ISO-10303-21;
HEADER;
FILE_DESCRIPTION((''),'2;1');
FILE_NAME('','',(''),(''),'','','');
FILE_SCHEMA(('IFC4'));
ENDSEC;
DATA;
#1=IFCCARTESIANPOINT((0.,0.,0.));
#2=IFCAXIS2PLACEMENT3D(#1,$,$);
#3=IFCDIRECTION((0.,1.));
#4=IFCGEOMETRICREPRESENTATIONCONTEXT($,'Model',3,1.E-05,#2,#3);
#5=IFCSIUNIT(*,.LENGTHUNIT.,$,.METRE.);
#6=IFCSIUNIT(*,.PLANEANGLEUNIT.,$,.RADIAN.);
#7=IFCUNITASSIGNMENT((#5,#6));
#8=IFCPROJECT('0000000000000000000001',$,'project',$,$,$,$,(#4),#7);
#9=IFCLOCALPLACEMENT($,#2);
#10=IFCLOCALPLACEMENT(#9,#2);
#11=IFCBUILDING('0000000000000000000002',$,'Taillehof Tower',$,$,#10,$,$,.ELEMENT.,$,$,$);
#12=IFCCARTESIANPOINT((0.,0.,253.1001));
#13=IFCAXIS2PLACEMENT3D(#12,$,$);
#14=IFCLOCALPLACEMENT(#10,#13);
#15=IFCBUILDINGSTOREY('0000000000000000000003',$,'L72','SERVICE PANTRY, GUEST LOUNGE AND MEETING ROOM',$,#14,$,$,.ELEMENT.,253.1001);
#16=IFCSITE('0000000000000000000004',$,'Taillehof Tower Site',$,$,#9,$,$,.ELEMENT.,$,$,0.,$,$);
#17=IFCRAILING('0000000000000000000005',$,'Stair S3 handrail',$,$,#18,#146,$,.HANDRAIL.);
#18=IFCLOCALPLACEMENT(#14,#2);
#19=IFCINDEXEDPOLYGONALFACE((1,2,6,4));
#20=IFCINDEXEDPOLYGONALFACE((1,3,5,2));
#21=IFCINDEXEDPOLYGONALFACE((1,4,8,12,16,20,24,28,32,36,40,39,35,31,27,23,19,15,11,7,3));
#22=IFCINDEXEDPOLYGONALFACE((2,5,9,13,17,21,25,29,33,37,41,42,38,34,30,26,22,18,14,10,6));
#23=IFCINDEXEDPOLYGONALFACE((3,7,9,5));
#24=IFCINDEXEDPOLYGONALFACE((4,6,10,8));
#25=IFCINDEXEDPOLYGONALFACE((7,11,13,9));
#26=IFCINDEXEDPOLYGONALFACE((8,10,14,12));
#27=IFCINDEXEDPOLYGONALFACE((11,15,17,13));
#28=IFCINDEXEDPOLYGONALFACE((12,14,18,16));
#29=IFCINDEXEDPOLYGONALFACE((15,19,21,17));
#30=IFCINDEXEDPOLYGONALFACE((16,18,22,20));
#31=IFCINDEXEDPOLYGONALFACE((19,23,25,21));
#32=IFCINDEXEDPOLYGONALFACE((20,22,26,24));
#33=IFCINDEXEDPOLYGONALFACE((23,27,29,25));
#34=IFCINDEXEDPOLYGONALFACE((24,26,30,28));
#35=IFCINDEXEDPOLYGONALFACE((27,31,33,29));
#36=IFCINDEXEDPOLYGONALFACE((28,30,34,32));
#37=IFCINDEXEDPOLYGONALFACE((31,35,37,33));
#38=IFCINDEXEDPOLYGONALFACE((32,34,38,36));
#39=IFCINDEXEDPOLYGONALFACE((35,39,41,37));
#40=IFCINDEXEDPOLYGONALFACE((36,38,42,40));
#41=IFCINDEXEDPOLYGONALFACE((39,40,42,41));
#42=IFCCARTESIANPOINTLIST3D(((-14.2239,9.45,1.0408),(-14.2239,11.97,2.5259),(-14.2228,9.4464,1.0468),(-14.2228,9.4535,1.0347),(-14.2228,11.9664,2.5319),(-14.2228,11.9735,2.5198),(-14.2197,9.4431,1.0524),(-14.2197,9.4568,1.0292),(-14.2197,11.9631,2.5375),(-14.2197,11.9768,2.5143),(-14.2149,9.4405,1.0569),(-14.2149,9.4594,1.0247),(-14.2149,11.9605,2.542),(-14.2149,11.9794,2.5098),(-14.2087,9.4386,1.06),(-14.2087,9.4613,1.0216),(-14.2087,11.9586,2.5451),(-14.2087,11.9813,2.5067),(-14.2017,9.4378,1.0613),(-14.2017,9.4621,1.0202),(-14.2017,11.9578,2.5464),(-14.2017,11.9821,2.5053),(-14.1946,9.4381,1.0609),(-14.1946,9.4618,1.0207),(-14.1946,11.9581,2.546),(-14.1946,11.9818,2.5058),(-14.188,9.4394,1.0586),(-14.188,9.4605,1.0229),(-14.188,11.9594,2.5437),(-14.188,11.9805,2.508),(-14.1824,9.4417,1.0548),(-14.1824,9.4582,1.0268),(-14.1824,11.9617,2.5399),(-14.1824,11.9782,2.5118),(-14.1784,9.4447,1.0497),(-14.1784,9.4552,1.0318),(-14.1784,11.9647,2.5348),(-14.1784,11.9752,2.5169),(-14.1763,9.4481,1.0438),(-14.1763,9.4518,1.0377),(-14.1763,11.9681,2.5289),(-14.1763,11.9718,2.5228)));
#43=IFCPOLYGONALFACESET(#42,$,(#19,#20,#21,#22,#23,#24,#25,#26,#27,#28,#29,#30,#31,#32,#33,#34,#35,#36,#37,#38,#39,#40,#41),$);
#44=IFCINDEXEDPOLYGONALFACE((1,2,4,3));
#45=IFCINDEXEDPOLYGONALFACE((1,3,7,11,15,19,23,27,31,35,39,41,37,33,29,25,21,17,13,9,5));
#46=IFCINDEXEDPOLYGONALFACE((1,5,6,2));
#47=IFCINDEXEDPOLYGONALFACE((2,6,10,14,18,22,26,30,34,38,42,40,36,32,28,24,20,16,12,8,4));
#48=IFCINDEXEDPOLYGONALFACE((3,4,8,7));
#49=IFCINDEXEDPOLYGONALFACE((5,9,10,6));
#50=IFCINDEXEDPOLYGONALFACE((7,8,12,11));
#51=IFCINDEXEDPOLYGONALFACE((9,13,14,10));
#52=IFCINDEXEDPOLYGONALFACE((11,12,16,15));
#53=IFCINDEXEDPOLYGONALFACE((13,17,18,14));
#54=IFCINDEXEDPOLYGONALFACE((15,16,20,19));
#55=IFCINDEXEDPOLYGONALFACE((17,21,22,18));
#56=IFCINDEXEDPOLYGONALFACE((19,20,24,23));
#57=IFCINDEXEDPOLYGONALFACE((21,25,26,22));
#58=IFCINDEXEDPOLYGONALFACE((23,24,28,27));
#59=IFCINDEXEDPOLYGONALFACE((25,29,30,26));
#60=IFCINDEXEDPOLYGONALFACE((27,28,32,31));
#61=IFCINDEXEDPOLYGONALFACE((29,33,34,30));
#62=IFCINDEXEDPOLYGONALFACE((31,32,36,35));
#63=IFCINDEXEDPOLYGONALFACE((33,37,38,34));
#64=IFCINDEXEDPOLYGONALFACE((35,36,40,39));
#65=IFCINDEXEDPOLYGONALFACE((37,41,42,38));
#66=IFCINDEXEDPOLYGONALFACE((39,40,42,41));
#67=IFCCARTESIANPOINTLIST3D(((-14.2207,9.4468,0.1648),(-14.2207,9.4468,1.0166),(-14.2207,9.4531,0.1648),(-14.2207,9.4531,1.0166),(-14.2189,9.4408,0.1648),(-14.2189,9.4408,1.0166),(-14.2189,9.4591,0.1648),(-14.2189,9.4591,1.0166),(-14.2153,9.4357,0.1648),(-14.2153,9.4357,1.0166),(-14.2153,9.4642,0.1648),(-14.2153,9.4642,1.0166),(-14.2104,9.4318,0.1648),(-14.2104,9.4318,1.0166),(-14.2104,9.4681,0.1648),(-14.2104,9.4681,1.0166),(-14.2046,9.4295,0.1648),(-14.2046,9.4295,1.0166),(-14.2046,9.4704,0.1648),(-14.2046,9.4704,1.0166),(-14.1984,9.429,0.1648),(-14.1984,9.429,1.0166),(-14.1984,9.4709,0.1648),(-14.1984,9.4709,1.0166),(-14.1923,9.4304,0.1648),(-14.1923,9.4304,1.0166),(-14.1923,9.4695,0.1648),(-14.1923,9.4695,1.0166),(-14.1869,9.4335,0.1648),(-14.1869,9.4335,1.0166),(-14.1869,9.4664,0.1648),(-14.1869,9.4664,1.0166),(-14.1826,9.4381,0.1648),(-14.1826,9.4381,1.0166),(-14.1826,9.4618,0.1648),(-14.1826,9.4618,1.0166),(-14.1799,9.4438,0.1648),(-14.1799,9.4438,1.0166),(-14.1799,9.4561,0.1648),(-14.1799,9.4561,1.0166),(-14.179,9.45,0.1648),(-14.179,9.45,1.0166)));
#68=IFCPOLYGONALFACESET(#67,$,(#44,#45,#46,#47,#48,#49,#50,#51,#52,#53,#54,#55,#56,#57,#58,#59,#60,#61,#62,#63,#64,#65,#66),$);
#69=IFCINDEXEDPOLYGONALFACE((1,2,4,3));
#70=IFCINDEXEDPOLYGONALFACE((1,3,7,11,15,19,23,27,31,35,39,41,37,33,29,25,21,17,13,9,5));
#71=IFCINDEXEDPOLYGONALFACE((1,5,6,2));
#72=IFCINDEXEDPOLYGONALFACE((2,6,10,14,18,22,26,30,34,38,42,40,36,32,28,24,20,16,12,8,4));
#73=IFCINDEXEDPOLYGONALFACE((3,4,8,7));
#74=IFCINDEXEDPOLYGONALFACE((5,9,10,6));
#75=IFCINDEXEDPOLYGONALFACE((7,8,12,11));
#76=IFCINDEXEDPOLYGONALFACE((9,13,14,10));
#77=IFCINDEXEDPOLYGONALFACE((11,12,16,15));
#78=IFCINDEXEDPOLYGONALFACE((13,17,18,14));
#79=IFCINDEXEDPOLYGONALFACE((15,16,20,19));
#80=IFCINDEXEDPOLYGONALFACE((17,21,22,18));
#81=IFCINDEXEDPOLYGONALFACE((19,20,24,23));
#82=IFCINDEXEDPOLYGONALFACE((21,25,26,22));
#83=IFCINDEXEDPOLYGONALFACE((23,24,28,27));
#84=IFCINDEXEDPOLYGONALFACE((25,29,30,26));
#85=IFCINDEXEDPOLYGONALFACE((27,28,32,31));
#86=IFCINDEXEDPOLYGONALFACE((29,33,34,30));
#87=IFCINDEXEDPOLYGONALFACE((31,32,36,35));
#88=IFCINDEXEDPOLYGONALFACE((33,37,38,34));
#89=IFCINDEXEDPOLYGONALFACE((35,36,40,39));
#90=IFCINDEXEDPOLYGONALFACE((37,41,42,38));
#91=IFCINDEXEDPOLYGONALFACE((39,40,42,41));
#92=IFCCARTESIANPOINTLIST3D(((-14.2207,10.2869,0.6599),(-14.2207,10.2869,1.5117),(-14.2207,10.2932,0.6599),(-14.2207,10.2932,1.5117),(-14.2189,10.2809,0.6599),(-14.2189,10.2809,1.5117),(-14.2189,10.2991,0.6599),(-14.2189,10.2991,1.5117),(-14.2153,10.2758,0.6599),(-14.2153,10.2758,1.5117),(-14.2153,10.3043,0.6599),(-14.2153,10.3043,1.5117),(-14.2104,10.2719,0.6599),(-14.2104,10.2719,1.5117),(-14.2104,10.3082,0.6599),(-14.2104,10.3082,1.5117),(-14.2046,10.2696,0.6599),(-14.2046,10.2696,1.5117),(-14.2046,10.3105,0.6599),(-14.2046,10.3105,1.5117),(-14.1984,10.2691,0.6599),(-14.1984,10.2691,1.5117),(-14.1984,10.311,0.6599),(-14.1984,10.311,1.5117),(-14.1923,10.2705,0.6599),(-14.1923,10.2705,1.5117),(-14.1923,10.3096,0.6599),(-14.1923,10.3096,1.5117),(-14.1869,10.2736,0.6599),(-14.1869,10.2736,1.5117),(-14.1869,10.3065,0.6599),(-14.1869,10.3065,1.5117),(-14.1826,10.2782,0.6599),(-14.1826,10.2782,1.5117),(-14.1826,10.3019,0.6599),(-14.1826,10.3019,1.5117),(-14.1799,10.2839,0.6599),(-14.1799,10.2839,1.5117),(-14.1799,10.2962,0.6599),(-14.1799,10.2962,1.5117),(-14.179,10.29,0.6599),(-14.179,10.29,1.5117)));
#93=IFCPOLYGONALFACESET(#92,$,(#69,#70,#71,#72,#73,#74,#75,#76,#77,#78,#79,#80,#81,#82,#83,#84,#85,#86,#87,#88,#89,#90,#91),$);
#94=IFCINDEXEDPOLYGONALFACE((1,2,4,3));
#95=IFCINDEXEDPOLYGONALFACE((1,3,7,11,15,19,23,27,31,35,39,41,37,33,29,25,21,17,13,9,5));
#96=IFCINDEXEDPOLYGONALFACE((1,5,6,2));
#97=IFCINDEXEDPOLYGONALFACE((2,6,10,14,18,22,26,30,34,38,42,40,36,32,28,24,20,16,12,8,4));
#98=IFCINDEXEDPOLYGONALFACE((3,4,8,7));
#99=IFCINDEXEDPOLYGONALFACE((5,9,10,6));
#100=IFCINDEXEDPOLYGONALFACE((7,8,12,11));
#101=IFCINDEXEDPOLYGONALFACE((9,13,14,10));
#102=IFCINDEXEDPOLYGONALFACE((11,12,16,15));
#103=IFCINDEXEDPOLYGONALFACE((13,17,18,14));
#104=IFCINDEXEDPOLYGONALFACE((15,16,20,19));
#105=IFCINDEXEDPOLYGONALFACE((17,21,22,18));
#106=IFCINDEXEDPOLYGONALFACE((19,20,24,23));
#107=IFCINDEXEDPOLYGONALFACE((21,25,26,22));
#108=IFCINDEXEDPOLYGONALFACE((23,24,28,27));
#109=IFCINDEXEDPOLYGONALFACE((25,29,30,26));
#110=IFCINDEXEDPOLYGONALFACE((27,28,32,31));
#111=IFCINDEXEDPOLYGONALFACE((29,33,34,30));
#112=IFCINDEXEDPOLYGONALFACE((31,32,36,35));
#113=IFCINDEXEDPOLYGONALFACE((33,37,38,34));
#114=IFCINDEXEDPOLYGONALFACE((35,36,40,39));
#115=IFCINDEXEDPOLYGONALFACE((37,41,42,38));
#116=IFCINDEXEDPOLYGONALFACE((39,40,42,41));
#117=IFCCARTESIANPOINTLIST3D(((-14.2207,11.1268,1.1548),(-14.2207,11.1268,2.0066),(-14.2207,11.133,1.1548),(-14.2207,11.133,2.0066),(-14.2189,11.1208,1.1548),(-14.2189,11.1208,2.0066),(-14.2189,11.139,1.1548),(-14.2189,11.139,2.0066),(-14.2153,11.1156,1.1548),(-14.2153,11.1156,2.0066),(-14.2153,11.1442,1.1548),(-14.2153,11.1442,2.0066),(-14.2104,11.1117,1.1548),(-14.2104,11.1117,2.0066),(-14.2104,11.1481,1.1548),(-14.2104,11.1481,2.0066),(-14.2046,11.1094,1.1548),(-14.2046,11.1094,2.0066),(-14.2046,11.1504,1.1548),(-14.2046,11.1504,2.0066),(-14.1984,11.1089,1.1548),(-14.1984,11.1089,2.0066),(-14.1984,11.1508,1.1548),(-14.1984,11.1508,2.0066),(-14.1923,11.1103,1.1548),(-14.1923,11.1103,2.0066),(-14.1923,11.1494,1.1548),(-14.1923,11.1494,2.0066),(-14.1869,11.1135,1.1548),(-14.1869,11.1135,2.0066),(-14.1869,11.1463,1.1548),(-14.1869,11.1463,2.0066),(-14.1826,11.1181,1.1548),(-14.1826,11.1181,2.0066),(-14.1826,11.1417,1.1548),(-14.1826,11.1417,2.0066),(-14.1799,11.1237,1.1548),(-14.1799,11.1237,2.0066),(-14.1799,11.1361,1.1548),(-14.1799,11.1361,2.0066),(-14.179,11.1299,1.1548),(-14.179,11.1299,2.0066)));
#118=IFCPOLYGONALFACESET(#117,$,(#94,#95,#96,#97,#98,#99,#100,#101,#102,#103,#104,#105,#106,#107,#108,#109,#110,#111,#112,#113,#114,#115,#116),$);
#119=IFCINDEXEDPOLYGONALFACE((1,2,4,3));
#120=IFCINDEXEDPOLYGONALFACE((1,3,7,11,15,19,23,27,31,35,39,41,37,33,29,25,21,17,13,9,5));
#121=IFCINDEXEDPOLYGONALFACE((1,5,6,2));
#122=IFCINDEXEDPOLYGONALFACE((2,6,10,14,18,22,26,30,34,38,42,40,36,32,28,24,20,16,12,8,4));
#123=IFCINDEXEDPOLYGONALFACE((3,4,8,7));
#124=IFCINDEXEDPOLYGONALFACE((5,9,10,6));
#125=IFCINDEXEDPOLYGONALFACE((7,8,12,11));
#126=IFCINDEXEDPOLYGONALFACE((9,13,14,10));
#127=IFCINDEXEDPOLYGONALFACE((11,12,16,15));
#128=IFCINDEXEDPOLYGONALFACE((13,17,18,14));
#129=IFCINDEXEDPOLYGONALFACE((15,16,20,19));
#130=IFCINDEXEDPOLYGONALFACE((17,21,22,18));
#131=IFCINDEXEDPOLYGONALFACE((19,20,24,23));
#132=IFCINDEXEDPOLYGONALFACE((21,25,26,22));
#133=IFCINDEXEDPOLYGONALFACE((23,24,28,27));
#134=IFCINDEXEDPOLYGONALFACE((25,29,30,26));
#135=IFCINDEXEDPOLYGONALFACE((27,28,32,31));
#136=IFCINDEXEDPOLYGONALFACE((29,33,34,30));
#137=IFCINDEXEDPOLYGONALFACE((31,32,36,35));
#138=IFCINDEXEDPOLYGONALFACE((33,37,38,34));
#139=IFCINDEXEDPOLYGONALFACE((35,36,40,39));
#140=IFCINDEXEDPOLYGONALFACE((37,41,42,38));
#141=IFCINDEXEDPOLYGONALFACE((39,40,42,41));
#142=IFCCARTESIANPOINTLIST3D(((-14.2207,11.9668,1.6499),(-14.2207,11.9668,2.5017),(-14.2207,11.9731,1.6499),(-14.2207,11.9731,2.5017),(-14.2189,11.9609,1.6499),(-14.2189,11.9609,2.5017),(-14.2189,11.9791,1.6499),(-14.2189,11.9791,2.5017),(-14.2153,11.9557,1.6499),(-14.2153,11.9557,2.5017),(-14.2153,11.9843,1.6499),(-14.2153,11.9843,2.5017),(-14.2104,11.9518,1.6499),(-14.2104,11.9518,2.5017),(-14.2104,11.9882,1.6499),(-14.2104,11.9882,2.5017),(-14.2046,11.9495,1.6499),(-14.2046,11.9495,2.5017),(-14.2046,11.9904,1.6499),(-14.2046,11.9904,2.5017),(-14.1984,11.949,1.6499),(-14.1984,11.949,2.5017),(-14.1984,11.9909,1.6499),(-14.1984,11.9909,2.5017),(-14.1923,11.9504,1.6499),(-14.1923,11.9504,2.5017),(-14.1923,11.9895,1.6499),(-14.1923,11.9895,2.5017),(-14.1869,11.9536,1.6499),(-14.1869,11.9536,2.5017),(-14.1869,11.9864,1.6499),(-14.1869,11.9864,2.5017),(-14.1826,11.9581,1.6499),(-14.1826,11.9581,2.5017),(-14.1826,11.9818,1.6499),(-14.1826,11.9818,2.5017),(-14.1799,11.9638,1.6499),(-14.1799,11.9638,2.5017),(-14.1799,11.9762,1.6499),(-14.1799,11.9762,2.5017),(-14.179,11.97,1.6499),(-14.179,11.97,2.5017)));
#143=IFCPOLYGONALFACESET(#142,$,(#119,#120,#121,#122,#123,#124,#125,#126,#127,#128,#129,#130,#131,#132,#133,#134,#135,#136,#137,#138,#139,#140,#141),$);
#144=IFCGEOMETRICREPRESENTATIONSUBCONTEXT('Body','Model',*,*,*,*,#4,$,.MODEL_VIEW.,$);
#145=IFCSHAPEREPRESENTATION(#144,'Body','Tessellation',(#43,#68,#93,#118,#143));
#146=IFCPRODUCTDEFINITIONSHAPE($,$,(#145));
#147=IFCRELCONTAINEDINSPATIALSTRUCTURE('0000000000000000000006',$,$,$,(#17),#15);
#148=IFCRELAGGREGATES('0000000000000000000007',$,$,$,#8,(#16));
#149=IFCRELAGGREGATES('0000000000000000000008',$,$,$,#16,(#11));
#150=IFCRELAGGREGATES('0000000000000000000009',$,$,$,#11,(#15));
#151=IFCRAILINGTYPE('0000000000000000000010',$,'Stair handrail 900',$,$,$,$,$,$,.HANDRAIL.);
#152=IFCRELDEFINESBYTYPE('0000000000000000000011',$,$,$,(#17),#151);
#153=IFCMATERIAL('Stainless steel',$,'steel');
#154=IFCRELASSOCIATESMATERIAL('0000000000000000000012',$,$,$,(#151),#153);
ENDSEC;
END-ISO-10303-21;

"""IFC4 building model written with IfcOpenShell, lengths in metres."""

from ifc_helpers import new_model, si_unit, direction, frame, origin, origin_2d, place, context, subcontext, project, spatial, circle, extrude, material, type_object, element, save


model = new_model("IFC4")

# Units and contexts
model_context = context("Model", 3, precision=1e-05, world=origin(), true_north=direction((0.0, 1.0)))
body_context = subcontext(model_context, "Body", "Model", "MODEL_VIEW")
ifc_project = project(units=[si_unit("LENGTHUNIT", "METRE"), si_unit("PLANEANGLEUNIT", "RADIAN")], contexts=[model_context])

# Site, building, storey
site_placement = place(None, origin())
site = spatial("IfcSite", under=ifc_project, at=site_placement, Name="Taillehof Tower Site", CompositionType="ELEMENT", RefElevation=0.0)
building_placement = place(site_placement, origin())
building = spatial("IfcBuilding", under=site, at=building_placement, Name="Taillehof Tower", CompositionType="ELEMENT")
storey_placement = place(building_placement, frame((0.0, 0.0, 253.1001)))
storey = spatial("IfcBuildingStorey", under=building, at=storey_placement, Name="L72", Description="SERVICE PANTRY, GUEST LOUNGE AND MEETING ROOM", CompositionType="ELEMENT", Elevation=253.1001)

# Railing
ifc_material_1 = material(Name="Stainless steel", Category="steel")
railing_type_1 = type_object("IfcRailingType", Name="Stair handrail 900", PredefinedType="HANDRAIL", material=ifc_material_1)
railing_1_placement = place(storey_placement, frame((-14.2, 9.45, 0.1648)))
element("IfcRailing", 1, at=railing_1_placement, inside=storey, type_object=railing_type_1, Name="Stair S3 handrail", PredefinedType="HANDRAIL", context=body_context, shape_type="SweptSolid", body=[
    extrude(circle(Radius=0.0239, at=origin_2d()), frame((0.0, 0.0, 0.876), z_axis=(0.0, 0.861524, 0.507717), x_axis=(-1.0, 0.0, 0.0)), (0.0, 0.0, 1.0), 2.925),
    extrude(circle(Radius=0.021, at=origin_2d()), origin(), (0.0, 0.0, 1.0), 0.8518),
    extrude(circle(Radius=0.021, at=origin_2d()), frame((0.0, 0.8401, 0.4951)), (0.0, 0.0, 1.0), 0.8518),
    extrude(circle(Radius=0.021, at=origin_2d()), frame((0.0, 1.6799, 0.99)), (0.0, 0.0, 1.0), 0.8518),
    extrude(circle(Radius=0.021, at=origin_2d()), frame((0.0, 2.52, 1.4851)), (0.0, 0.0, 1.0), 0.8518),
])

save(model, "model.ifc")
